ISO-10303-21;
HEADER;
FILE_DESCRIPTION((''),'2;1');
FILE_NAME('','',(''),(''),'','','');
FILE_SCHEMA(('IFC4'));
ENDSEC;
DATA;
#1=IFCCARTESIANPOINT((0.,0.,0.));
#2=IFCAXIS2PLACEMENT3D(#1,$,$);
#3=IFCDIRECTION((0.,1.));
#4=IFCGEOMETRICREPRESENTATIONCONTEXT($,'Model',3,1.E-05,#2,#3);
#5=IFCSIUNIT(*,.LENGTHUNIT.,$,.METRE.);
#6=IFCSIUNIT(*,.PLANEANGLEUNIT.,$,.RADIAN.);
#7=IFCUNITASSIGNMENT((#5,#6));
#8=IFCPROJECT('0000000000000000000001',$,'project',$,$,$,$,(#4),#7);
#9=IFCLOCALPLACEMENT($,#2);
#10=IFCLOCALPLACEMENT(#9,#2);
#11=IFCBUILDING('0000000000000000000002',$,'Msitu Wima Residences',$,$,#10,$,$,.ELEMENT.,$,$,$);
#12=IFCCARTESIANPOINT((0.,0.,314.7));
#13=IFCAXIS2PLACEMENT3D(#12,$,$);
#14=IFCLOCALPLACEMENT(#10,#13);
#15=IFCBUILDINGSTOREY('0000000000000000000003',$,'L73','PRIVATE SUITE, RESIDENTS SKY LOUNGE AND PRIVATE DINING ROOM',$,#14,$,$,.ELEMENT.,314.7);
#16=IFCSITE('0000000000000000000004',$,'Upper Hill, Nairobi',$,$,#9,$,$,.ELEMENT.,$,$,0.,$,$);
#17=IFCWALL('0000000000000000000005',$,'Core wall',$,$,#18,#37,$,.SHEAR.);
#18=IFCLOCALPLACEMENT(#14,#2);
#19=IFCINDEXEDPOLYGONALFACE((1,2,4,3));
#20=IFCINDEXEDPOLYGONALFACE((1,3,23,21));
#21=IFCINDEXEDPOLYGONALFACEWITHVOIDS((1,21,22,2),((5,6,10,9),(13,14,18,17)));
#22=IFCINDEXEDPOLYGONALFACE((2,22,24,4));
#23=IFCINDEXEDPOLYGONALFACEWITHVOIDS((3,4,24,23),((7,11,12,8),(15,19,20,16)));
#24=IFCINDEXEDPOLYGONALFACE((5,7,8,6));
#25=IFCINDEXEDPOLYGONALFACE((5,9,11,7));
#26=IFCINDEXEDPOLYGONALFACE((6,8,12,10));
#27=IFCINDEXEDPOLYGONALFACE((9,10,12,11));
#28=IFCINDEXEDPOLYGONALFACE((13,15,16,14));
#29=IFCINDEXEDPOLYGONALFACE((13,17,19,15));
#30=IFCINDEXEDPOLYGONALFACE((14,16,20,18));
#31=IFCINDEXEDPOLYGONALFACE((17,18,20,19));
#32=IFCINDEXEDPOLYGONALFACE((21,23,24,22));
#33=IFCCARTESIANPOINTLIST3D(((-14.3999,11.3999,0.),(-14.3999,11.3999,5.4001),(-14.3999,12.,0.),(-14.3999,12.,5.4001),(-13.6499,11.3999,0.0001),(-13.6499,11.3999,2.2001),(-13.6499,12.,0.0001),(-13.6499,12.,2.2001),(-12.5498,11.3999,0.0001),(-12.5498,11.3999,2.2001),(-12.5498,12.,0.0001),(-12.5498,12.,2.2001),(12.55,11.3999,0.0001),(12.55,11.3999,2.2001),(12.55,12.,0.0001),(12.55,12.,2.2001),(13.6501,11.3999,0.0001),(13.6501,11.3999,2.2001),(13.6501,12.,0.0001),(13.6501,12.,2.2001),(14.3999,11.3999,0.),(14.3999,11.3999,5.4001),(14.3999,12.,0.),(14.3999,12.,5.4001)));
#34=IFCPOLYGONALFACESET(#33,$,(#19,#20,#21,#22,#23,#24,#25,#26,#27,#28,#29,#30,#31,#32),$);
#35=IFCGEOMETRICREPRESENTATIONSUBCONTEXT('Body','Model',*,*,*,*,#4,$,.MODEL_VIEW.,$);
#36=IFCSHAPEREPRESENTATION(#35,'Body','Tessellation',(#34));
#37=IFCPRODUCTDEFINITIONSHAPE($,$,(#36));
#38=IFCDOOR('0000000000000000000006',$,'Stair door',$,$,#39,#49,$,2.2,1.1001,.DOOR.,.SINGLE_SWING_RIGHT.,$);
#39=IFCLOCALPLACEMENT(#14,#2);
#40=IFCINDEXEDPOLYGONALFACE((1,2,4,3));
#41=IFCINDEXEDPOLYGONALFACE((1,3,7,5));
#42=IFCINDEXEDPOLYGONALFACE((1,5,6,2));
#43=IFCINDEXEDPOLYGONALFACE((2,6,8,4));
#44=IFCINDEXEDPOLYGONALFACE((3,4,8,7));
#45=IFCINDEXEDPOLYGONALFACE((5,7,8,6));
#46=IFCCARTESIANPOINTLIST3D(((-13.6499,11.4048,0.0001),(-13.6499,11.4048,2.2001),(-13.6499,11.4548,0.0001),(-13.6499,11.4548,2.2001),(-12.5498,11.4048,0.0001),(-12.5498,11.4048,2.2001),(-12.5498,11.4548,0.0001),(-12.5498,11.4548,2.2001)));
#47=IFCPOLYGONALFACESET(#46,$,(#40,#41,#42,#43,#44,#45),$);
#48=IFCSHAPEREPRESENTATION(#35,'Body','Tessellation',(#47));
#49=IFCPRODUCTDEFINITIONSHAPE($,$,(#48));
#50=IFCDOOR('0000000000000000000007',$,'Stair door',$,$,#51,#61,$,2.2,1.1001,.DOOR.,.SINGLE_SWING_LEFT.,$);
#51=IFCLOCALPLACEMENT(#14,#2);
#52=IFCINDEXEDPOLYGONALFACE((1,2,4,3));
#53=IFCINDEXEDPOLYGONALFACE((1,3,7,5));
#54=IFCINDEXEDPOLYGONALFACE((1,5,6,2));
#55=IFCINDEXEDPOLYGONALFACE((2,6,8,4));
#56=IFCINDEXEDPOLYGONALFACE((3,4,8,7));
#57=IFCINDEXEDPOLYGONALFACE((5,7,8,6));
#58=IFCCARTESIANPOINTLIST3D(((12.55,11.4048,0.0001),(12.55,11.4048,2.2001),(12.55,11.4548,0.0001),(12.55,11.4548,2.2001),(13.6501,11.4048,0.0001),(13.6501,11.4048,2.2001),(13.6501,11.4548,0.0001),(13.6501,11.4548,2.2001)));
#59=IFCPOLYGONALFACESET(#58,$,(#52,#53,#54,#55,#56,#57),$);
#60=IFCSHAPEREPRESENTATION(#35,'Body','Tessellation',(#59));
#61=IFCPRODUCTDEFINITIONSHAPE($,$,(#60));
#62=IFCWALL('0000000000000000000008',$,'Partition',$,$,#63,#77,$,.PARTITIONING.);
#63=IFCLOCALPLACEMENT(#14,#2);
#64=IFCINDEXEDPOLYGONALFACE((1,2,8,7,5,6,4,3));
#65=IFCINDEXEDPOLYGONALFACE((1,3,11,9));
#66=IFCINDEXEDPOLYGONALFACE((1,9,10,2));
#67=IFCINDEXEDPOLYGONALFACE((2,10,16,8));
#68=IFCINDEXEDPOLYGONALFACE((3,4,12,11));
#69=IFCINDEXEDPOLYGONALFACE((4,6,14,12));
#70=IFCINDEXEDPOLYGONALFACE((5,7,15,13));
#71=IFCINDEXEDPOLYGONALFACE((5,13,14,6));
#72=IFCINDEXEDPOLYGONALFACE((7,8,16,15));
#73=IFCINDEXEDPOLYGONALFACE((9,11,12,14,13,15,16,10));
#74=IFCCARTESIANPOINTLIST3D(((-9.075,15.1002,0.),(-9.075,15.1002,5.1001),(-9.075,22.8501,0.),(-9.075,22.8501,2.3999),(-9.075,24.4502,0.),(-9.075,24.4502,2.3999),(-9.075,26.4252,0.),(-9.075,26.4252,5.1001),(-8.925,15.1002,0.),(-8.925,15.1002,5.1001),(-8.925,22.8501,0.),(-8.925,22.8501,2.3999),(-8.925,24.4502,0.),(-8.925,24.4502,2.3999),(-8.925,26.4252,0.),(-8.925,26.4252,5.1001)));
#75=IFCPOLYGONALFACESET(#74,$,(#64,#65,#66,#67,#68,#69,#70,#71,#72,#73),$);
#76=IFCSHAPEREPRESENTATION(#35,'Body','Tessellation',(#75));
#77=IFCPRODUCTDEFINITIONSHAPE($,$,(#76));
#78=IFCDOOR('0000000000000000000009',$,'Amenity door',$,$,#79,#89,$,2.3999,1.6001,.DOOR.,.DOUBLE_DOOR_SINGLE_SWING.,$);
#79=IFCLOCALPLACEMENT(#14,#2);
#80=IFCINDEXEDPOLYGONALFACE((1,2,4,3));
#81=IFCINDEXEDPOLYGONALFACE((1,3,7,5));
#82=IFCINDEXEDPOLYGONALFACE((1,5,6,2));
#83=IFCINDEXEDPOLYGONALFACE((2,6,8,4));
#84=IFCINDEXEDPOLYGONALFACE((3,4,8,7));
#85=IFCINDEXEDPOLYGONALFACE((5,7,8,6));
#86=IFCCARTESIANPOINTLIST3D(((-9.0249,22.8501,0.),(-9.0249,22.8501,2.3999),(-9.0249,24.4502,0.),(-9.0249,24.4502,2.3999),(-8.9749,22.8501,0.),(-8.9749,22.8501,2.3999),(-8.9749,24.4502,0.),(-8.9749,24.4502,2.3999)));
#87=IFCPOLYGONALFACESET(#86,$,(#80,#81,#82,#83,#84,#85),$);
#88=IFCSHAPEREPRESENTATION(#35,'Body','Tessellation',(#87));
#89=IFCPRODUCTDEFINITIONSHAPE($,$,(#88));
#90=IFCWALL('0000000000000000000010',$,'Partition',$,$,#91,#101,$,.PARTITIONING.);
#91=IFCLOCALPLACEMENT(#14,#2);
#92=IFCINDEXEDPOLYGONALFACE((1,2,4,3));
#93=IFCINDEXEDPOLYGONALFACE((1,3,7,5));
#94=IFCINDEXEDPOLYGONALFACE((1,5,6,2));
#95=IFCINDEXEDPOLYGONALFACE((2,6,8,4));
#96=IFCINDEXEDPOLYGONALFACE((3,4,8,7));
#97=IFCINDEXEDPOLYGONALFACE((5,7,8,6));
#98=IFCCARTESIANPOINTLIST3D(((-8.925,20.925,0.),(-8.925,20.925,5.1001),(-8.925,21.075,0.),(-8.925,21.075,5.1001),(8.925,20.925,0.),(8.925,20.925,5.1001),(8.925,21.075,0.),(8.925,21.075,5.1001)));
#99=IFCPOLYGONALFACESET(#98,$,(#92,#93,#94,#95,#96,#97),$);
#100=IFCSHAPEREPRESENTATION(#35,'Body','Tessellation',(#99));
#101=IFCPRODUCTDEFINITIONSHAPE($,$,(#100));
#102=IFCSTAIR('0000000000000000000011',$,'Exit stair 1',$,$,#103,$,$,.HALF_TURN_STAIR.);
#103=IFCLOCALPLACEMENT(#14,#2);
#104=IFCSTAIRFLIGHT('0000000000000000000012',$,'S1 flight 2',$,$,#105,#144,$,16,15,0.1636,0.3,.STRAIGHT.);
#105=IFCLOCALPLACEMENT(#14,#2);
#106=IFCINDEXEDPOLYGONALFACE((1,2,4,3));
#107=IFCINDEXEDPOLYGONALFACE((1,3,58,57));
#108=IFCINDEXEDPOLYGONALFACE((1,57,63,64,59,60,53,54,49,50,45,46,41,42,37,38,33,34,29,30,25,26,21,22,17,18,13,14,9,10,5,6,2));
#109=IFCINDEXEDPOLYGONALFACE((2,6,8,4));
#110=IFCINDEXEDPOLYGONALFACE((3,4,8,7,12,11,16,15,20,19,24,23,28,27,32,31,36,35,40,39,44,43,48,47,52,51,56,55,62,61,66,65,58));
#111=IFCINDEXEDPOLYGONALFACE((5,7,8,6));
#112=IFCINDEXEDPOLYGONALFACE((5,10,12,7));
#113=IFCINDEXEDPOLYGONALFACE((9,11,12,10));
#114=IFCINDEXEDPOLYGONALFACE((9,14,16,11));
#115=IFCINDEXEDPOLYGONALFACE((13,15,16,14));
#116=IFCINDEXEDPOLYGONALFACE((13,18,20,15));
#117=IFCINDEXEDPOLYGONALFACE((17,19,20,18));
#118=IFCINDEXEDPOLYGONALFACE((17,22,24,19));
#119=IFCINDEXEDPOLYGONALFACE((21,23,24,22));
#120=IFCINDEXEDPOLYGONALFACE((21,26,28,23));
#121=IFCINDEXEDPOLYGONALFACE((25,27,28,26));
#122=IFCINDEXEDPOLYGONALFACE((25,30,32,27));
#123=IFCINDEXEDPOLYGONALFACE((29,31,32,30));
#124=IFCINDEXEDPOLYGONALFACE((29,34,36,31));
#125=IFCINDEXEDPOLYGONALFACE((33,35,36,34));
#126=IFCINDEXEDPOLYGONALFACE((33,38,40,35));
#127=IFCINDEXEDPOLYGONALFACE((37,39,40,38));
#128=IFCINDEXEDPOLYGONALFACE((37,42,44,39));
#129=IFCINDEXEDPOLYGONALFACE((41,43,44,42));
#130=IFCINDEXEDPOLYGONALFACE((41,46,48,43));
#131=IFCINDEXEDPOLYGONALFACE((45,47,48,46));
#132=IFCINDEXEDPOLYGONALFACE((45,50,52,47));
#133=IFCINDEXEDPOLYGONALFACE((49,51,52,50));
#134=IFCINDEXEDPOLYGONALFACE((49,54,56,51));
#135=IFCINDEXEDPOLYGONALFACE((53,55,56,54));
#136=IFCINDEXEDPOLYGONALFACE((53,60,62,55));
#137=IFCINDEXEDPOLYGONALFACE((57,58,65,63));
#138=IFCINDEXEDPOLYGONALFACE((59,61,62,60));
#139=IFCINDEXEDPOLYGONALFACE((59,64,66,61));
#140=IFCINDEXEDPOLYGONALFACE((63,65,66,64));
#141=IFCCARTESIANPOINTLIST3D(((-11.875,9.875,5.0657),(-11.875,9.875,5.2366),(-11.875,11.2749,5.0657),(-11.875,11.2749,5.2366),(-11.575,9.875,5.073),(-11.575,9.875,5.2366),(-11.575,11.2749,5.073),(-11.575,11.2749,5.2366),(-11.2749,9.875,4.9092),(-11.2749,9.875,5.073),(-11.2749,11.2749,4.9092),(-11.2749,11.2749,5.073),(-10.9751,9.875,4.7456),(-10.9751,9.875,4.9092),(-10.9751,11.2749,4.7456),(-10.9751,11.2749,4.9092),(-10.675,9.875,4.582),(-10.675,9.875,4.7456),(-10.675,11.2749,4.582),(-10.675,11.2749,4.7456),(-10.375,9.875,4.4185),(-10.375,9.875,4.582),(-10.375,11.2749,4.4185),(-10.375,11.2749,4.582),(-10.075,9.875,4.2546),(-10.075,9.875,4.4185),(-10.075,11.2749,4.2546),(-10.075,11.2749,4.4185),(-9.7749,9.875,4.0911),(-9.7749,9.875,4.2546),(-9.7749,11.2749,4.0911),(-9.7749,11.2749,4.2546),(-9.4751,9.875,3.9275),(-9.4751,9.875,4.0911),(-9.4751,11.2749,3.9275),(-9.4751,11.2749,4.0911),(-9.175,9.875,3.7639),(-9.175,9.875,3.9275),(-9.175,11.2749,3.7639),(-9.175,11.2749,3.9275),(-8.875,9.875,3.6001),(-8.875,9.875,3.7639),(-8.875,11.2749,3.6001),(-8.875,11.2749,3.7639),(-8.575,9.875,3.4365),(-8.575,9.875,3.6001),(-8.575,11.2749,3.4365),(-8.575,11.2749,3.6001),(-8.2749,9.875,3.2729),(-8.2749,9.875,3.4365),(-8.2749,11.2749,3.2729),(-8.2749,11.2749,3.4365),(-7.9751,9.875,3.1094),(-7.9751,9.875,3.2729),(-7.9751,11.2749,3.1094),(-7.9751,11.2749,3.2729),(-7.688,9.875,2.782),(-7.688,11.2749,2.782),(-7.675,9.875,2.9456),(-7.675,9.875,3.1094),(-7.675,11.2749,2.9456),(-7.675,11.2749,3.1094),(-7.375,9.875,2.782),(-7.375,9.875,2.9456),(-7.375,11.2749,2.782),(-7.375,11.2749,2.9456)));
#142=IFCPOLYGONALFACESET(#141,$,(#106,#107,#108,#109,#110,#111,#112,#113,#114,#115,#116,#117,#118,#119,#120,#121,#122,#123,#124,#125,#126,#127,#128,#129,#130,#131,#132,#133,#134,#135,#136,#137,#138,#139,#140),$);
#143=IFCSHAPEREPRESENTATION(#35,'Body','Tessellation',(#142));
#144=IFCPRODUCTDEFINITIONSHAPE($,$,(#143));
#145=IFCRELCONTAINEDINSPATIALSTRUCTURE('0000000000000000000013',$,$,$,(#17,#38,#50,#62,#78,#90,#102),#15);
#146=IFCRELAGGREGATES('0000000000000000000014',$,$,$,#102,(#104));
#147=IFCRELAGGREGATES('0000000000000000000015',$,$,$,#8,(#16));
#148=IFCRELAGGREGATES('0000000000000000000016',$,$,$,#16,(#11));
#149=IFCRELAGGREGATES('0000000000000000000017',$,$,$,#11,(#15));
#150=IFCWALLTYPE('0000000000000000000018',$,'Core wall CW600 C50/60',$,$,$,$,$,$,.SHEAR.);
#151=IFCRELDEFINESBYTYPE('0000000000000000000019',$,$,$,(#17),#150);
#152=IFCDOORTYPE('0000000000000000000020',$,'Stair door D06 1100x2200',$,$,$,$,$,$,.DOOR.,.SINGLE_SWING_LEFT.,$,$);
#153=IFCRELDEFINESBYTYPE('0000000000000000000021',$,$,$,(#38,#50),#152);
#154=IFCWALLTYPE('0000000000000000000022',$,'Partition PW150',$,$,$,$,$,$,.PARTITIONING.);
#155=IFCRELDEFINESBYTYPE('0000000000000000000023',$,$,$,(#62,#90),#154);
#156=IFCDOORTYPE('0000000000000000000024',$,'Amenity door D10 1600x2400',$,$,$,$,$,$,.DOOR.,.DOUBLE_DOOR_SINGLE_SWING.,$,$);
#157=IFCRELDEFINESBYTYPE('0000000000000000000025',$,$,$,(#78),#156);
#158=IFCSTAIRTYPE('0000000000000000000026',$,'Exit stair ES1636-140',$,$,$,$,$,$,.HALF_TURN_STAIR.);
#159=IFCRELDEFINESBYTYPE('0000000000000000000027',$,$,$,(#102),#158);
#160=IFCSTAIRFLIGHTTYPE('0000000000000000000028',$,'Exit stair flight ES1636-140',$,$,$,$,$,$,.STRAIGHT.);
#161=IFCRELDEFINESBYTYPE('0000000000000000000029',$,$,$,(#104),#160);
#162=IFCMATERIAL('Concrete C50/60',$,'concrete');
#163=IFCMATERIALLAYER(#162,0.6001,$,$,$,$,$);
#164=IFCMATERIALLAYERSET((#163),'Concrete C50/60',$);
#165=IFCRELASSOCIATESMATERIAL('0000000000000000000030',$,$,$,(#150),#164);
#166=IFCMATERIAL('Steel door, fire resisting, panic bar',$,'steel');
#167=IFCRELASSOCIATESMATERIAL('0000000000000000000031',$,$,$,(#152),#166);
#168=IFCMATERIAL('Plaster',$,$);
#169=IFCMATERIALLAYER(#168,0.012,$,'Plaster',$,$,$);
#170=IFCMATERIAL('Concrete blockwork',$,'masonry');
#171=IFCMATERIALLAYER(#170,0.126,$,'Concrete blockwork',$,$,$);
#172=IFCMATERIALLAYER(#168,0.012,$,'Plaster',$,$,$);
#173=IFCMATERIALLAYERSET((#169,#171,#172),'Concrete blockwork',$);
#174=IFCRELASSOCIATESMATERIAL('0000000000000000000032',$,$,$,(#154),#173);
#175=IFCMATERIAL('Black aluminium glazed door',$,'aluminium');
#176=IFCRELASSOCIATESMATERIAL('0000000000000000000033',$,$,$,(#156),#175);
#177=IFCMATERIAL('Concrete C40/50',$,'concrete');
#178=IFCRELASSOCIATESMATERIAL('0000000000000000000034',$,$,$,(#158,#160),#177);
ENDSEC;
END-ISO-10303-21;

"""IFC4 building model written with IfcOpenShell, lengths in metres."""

from ifc_helpers import new_model, si_unit, direction, frame, frame_2d, origin, place, context, subcontext, project, spatial, polyline, rectangle, outline, extrude, material, layer, layer_set, type_object, element, fill, aggregate, save


model = new_model("IFC4")

# Units and contexts
model_context = context("Model", 3, precision=1e-05, world=origin(), true_north=direction((0.0, 1.0)))
body_context = subcontext(model_context, "Body", "Model", "MODEL_VIEW")
ifc_project = project(units=[si_unit("LENGTHUNIT", "METRE"), si_unit("PLANEANGLEUNIT", "RADIAN")], contexts=[model_context])

# Site, building, storey
site_placement = place(None, origin())
site = spatial("IfcSite", under=ifc_project, at=site_placement, Name="Upper Hill, Nairobi", CompositionType="ELEMENT", RefElevation=0.0)
building_placement = place(site_placement, origin())
building = spatial("IfcBuilding", under=site, at=building_placement, Name="Msitu Wima Residences", CompositionType="ELEMENT")
storey_placement = place(building_placement, frame((0.0, 0.0, 314.7)))
storey = spatial("IfcBuildingStorey", under=building, at=storey_placement, Name="L73", Description="PRIVATE SUITE, RESIDENTS SKY LOUNGE AND PRIVATE DINING ROOM", CompositionType="ELEMENT", Elevation=314.7)

# Shared definitions
ifc_material_1 = material(Name="Concrete C50/60", Category="concrete")

# Wall, openings, doors
ifc_layer_1 = layer(ifc_material_1, 0.6001)
ifc_layer_set_1 = layer_set([ifc_layer_1], Name="Concrete C50/60")
wall_type_1 = type_object("IfcWallType", Name="Core wall CW600 C50/60", PredefinedType="SHEAR", material=ifc_layer_set_1)
wall_1_placement = place(storey_placement, frame((-14.3999, 11.7, 0.0), z_axis=(0.0, 0.0, 1.0), x_axis=(1.0, 0.0, 0.0)))
wall_1 = element("IfcWall", 1, at=wall_1_placement, inside=storey, type_object=wall_type_1, Name="Core wall", PredefinedType="SHEAR", context=body_context, shape_type="SweptSolid", body=[
    extrude(rectangle(XDim=28.7998, YDim=0.6001, at=frame_2d((14.3999, 0.0))), origin(), (0.0, 0.0, 1.0), 5.4001),
])
opening_1_placement = place(wall_1_placement, frame((0.75, 0.0, 0.0)))
opening_1 = element("IfcOpeningElement", 2, at=opening_1_placement, cuts=wall_1, PredefinedType="OPENING", context=body_context, shape_type="SweptSolid", body=[
    extrude(rectangle(XDim=1.1001, YDim=2.2, at=frame_2d((0.55, 1.1001))), frame((0.0, 0.3101, 0.0), z_axis=(0.0, -1.0, 0.0), x_axis=(1.0, 0.0, 0.0)), (0.0, 0.0, 1.0), 0.6201),
])
opening_2_placement = place(wall_1_placement, frame((26.95, 0.0, 0.0)))
opening_2 = element("IfcOpeningElement", 3, at=opening_2_placement, cuts=wall_1, PredefinedType="OPENING", context=body_context, shape_type="SweptSolid", body=[
    extrude(rectangle(XDim=1.1001, YDim=2.2, at=frame_2d((0.55, 1.1001))), frame((0.0, 0.3101, 0.0), z_axis=(0.0, -1.0, 0.0), x_axis=(1.0, 0.0, 0.0)), (0.0, 0.0, 1.0), 0.6201),
])
ifc_material_2 = material(Name="Steel door, fire resisting, panic bar", Category="steel")
door_type_1 = type_object("IfcDoorType", Name="Stair door D06 1100x2200", OperationType="SINGLE_SWING_LEFT", PredefinedType="DOOR", material=ifc_material_2)
door_1_placement = place(opening_1_placement, origin())
door_1 = element("IfcDoor", 4, at=door_1_placement, inside=storey, type_object=door_type_1, Name="Stair door", OperationType="SINGLE_SWING_RIGHT", OverallHeight=2.2, OverallWidth=1.1001, PredefinedType="DOOR", context=body_context, shape_type="SweptSolid", body=[
    extrude(rectangle(XDim=1.1001, YDim=2.2, at=frame_2d((0.55, 1.1001))), frame((0.0, -0.2451, 0.0), z_axis=(0.0, -1.0, 0.0), x_axis=(1.0, 0.0, 0.0)), (0.0, 0.0, 1.0), 0.05),
])
fill(opening_1, door_1)
door_2_placement = place(opening_2_placement, origin())
door_2 = element("IfcDoor", 5, at=door_2_placement, inside=storey, type_object=door_type_1, Name="Stair door", OperationType="SINGLE_SWING_LEFT", OverallHeight=2.2, OverallWidth=1.1001, PredefinedType="DOOR", context=body_context, shape_type="SweptSolid", body=[
    extrude(rectangle(XDim=1.1001, YDim=2.2, at=frame_2d((0.55, 1.1001))), frame((0.0, -0.2451, 0.0), z_axis=(0.0, -1.0, 0.0), x_axis=(1.0, 0.0, 0.0)), (0.0, 0.0, 1.0), 0.05),
])
fill(opening_2, door_2)

# Wall, opening, door
ifc_material_3 = material(Name="Plaster")
ifc_layer_2 = layer(ifc_material_3, 0.012, Name="Plaster")
ifc_material_4 = material(Name="Concrete blockwork", Category="masonry")
ifc_layer_3 = layer(ifc_material_4, 0.126, Name="Concrete blockwork")
ifc_layer_4 = layer(ifc_material_3, 0.012, Name="Plaster")
ifc_layer_set_2 = layer_set([ifc_layer_2, ifc_layer_3, ifc_layer_4], Name="Concrete blockwork")
wall_type_2 = type_object("IfcWallType", Name="Partition PW150", PredefinedType="PARTITIONING", material=ifc_layer_set_2)
wall_2_placement = place(storey_placement, frame((-9.0, 15.1001, 0.0), z_axis=(0.0, 0.0, 1.0), x_axis=(0.0, 1.0, 0.0)))
wall_2 = element("IfcWall", 6, at=wall_2_placement, inside=storey, type_object=wall_type_2, Name="Partition", PredefinedType="PARTITIONING", context=body_context, shape_type="SweptSolid", body=[
    extrude(rectangle(XDim=11.325, YDim=0.1499, at=frame_2d((5.6626, 0.0))), origin(), (0.0, 0.0, 1.0), 5.1001),
])
opening_3_placement = place(wall_2_placement, frame((7.75, 0.0, 0.0)))
opening_3 = element("IfcOpeningElement", 7, at=opening_3_placement, cuts=wall_2, PredefinedType="OPENING", context=body_context, shape_type="SweptSolid", body=[
    extrude(rectangle(XDim=1.6001, YDim=2.3999, at=frame_2d((0.8, 1.2))), frame((0.0, 0.085, 0.0), z_axis=(0.0, -1.0, 0.0), x_axis=(1.0, 0.0, 0.0)), (0.0, 0.0, 1.0), 0.1699),
])
ifc_material_5 = material(Name="Black aluminium glazed door", Category="aluminium")
door_type_2 = type_object("IfcDoorType", Name="Amenity door D10 1600x2400", OperationType="DOUBLE_DOOR_SINGLE_SWING", PredefinedType="DOOR", material=ifc_material_5)
door_3_placement = place(opening_3_placement, origin())
door_3 = element("IfcDoor", 8, at=door_3_placement, inside=storey, type_object=door_type_2, Name="Amenity door", OperationType="DOUBLE_DOOR_SINGLE_SWING", OverallHeight=2.3999, OverallWidth=1.6001, PredefinedType="DOOR", context=body_context, shape_type="SweptSolid", body=[
    extrude(rectangle(XDim=1.6001, YDim=2.3999, at=frame_2d((0.8, 1.2))), frame((0.0, 0.0249, 0.0), z_axis=(0.0, -1.0, 0.0), x_axis=(1.0, 0.0, 0.0)), (0.0, 0.0, 1.0), 0.05),
])
fill(opening_3, door_3)

# Wall
wall_3_placement = place(storey_placement, frame((-8.925, 21.0, 0.0), z_axis=(0.0, 0.0, 1.0), x_axis=(1.0, 0.0, 0.0)))
element("IfcWall", 9, at=wall_3_placement, inside=storey, type_object=wall_type_2, Name="Partition", PredefinedType="PARTITIONING", context=body_context, shape_type="SweptSolid", body=[
    extrude(rectangle(XDim=17.8501, YDim=0.1499, at=frame_2d((8.925, 0.0))), origin(), (0.0, 0.0, 1.0), 5.1001),
])

# Stair, stair flight
ifc_material_6 = material(Name="Concrete C40/50", Category="concrete")
stair_type = type_object("IfcStairType", Name="Exit stair ES1636-140", PredefinedType="HALF_TURN_STAIR", material=ifc_material_6)
stair_placement = place(storey_placement, origin())
stair = element("IfcStair", 10, at=stair_placement, inside=storey, type_object=stair_type, Name="Exit stair 1", PredefinedType="HALF_TURN_STAIR")
stair_flight_type = type_object("IfcStairFlightType", Name="Exit stair flight ES1636-140", PredefinedType="STRAIGHT", material=ifc_material_6)
stair_flight_placement = place(storey_placement, frame((-7.375, 10.575, 2.782), z_axis=(0.0, 0.0, 1.0), x_axis=(-1.0, 0.0, 0.0)))
stair_flight = element("IfcStairFlight", 11, at=stair_flight_placement, type_object=stair_flight_type, Name="S1 flight 2", NumberOfRisers=16, NumberOfTreads=15, PredefinedType="STRAIGHT", RiserHeight=0.1636, TreadLength=0.3, context=body_context, shape_type="SweptSolid", body=[
    extrude(outline(polyline([(0.0, 0.0), (0.0, 0.1636), (0.3, 0.1636), (0.3, 0.3274), (0.6001, 0.3274), (0.6001, 0.491), (0.8999, 0.491), (0.8999, 0.6545), (1.2, 0.6545), (1.2, 0.8181), (1.5, 0.8181), (1.5, 0.9819), (1.8, 0.9819), (1.8, 1.1455), (2.1001, 1.1455), (2.1001, 1.3091), (2.3999, 1.3091), (2.3999, 1.4727), (2.7, 1.4727), (2.7, 1.6365), (3.0, 1.6365), (3.0, 1.8), (3.3, 1.8), (3.3, 1.9636), (3.6001, 1.9636), (3.6001, 2.1272), (3.8999, 2.1272), (3.8999, 2.291), (4.2, 2.291), (4.2, 2.4546), (4.5, 2.4546), (4.5, 2.6182), (4.5, 2.2837), (0.313, 0.0), (0.0, 0.0)])), frame((0.0, 0.7, 0.0), z_axis=(0.0, -1.0, 0.0), x_axis=(1.0, 0.0, 0.0)), (0.0, 0.0, 1.0), 1.3999),
])
aggregate(stair, [stair_flight])

save(model, "model.ifc")
